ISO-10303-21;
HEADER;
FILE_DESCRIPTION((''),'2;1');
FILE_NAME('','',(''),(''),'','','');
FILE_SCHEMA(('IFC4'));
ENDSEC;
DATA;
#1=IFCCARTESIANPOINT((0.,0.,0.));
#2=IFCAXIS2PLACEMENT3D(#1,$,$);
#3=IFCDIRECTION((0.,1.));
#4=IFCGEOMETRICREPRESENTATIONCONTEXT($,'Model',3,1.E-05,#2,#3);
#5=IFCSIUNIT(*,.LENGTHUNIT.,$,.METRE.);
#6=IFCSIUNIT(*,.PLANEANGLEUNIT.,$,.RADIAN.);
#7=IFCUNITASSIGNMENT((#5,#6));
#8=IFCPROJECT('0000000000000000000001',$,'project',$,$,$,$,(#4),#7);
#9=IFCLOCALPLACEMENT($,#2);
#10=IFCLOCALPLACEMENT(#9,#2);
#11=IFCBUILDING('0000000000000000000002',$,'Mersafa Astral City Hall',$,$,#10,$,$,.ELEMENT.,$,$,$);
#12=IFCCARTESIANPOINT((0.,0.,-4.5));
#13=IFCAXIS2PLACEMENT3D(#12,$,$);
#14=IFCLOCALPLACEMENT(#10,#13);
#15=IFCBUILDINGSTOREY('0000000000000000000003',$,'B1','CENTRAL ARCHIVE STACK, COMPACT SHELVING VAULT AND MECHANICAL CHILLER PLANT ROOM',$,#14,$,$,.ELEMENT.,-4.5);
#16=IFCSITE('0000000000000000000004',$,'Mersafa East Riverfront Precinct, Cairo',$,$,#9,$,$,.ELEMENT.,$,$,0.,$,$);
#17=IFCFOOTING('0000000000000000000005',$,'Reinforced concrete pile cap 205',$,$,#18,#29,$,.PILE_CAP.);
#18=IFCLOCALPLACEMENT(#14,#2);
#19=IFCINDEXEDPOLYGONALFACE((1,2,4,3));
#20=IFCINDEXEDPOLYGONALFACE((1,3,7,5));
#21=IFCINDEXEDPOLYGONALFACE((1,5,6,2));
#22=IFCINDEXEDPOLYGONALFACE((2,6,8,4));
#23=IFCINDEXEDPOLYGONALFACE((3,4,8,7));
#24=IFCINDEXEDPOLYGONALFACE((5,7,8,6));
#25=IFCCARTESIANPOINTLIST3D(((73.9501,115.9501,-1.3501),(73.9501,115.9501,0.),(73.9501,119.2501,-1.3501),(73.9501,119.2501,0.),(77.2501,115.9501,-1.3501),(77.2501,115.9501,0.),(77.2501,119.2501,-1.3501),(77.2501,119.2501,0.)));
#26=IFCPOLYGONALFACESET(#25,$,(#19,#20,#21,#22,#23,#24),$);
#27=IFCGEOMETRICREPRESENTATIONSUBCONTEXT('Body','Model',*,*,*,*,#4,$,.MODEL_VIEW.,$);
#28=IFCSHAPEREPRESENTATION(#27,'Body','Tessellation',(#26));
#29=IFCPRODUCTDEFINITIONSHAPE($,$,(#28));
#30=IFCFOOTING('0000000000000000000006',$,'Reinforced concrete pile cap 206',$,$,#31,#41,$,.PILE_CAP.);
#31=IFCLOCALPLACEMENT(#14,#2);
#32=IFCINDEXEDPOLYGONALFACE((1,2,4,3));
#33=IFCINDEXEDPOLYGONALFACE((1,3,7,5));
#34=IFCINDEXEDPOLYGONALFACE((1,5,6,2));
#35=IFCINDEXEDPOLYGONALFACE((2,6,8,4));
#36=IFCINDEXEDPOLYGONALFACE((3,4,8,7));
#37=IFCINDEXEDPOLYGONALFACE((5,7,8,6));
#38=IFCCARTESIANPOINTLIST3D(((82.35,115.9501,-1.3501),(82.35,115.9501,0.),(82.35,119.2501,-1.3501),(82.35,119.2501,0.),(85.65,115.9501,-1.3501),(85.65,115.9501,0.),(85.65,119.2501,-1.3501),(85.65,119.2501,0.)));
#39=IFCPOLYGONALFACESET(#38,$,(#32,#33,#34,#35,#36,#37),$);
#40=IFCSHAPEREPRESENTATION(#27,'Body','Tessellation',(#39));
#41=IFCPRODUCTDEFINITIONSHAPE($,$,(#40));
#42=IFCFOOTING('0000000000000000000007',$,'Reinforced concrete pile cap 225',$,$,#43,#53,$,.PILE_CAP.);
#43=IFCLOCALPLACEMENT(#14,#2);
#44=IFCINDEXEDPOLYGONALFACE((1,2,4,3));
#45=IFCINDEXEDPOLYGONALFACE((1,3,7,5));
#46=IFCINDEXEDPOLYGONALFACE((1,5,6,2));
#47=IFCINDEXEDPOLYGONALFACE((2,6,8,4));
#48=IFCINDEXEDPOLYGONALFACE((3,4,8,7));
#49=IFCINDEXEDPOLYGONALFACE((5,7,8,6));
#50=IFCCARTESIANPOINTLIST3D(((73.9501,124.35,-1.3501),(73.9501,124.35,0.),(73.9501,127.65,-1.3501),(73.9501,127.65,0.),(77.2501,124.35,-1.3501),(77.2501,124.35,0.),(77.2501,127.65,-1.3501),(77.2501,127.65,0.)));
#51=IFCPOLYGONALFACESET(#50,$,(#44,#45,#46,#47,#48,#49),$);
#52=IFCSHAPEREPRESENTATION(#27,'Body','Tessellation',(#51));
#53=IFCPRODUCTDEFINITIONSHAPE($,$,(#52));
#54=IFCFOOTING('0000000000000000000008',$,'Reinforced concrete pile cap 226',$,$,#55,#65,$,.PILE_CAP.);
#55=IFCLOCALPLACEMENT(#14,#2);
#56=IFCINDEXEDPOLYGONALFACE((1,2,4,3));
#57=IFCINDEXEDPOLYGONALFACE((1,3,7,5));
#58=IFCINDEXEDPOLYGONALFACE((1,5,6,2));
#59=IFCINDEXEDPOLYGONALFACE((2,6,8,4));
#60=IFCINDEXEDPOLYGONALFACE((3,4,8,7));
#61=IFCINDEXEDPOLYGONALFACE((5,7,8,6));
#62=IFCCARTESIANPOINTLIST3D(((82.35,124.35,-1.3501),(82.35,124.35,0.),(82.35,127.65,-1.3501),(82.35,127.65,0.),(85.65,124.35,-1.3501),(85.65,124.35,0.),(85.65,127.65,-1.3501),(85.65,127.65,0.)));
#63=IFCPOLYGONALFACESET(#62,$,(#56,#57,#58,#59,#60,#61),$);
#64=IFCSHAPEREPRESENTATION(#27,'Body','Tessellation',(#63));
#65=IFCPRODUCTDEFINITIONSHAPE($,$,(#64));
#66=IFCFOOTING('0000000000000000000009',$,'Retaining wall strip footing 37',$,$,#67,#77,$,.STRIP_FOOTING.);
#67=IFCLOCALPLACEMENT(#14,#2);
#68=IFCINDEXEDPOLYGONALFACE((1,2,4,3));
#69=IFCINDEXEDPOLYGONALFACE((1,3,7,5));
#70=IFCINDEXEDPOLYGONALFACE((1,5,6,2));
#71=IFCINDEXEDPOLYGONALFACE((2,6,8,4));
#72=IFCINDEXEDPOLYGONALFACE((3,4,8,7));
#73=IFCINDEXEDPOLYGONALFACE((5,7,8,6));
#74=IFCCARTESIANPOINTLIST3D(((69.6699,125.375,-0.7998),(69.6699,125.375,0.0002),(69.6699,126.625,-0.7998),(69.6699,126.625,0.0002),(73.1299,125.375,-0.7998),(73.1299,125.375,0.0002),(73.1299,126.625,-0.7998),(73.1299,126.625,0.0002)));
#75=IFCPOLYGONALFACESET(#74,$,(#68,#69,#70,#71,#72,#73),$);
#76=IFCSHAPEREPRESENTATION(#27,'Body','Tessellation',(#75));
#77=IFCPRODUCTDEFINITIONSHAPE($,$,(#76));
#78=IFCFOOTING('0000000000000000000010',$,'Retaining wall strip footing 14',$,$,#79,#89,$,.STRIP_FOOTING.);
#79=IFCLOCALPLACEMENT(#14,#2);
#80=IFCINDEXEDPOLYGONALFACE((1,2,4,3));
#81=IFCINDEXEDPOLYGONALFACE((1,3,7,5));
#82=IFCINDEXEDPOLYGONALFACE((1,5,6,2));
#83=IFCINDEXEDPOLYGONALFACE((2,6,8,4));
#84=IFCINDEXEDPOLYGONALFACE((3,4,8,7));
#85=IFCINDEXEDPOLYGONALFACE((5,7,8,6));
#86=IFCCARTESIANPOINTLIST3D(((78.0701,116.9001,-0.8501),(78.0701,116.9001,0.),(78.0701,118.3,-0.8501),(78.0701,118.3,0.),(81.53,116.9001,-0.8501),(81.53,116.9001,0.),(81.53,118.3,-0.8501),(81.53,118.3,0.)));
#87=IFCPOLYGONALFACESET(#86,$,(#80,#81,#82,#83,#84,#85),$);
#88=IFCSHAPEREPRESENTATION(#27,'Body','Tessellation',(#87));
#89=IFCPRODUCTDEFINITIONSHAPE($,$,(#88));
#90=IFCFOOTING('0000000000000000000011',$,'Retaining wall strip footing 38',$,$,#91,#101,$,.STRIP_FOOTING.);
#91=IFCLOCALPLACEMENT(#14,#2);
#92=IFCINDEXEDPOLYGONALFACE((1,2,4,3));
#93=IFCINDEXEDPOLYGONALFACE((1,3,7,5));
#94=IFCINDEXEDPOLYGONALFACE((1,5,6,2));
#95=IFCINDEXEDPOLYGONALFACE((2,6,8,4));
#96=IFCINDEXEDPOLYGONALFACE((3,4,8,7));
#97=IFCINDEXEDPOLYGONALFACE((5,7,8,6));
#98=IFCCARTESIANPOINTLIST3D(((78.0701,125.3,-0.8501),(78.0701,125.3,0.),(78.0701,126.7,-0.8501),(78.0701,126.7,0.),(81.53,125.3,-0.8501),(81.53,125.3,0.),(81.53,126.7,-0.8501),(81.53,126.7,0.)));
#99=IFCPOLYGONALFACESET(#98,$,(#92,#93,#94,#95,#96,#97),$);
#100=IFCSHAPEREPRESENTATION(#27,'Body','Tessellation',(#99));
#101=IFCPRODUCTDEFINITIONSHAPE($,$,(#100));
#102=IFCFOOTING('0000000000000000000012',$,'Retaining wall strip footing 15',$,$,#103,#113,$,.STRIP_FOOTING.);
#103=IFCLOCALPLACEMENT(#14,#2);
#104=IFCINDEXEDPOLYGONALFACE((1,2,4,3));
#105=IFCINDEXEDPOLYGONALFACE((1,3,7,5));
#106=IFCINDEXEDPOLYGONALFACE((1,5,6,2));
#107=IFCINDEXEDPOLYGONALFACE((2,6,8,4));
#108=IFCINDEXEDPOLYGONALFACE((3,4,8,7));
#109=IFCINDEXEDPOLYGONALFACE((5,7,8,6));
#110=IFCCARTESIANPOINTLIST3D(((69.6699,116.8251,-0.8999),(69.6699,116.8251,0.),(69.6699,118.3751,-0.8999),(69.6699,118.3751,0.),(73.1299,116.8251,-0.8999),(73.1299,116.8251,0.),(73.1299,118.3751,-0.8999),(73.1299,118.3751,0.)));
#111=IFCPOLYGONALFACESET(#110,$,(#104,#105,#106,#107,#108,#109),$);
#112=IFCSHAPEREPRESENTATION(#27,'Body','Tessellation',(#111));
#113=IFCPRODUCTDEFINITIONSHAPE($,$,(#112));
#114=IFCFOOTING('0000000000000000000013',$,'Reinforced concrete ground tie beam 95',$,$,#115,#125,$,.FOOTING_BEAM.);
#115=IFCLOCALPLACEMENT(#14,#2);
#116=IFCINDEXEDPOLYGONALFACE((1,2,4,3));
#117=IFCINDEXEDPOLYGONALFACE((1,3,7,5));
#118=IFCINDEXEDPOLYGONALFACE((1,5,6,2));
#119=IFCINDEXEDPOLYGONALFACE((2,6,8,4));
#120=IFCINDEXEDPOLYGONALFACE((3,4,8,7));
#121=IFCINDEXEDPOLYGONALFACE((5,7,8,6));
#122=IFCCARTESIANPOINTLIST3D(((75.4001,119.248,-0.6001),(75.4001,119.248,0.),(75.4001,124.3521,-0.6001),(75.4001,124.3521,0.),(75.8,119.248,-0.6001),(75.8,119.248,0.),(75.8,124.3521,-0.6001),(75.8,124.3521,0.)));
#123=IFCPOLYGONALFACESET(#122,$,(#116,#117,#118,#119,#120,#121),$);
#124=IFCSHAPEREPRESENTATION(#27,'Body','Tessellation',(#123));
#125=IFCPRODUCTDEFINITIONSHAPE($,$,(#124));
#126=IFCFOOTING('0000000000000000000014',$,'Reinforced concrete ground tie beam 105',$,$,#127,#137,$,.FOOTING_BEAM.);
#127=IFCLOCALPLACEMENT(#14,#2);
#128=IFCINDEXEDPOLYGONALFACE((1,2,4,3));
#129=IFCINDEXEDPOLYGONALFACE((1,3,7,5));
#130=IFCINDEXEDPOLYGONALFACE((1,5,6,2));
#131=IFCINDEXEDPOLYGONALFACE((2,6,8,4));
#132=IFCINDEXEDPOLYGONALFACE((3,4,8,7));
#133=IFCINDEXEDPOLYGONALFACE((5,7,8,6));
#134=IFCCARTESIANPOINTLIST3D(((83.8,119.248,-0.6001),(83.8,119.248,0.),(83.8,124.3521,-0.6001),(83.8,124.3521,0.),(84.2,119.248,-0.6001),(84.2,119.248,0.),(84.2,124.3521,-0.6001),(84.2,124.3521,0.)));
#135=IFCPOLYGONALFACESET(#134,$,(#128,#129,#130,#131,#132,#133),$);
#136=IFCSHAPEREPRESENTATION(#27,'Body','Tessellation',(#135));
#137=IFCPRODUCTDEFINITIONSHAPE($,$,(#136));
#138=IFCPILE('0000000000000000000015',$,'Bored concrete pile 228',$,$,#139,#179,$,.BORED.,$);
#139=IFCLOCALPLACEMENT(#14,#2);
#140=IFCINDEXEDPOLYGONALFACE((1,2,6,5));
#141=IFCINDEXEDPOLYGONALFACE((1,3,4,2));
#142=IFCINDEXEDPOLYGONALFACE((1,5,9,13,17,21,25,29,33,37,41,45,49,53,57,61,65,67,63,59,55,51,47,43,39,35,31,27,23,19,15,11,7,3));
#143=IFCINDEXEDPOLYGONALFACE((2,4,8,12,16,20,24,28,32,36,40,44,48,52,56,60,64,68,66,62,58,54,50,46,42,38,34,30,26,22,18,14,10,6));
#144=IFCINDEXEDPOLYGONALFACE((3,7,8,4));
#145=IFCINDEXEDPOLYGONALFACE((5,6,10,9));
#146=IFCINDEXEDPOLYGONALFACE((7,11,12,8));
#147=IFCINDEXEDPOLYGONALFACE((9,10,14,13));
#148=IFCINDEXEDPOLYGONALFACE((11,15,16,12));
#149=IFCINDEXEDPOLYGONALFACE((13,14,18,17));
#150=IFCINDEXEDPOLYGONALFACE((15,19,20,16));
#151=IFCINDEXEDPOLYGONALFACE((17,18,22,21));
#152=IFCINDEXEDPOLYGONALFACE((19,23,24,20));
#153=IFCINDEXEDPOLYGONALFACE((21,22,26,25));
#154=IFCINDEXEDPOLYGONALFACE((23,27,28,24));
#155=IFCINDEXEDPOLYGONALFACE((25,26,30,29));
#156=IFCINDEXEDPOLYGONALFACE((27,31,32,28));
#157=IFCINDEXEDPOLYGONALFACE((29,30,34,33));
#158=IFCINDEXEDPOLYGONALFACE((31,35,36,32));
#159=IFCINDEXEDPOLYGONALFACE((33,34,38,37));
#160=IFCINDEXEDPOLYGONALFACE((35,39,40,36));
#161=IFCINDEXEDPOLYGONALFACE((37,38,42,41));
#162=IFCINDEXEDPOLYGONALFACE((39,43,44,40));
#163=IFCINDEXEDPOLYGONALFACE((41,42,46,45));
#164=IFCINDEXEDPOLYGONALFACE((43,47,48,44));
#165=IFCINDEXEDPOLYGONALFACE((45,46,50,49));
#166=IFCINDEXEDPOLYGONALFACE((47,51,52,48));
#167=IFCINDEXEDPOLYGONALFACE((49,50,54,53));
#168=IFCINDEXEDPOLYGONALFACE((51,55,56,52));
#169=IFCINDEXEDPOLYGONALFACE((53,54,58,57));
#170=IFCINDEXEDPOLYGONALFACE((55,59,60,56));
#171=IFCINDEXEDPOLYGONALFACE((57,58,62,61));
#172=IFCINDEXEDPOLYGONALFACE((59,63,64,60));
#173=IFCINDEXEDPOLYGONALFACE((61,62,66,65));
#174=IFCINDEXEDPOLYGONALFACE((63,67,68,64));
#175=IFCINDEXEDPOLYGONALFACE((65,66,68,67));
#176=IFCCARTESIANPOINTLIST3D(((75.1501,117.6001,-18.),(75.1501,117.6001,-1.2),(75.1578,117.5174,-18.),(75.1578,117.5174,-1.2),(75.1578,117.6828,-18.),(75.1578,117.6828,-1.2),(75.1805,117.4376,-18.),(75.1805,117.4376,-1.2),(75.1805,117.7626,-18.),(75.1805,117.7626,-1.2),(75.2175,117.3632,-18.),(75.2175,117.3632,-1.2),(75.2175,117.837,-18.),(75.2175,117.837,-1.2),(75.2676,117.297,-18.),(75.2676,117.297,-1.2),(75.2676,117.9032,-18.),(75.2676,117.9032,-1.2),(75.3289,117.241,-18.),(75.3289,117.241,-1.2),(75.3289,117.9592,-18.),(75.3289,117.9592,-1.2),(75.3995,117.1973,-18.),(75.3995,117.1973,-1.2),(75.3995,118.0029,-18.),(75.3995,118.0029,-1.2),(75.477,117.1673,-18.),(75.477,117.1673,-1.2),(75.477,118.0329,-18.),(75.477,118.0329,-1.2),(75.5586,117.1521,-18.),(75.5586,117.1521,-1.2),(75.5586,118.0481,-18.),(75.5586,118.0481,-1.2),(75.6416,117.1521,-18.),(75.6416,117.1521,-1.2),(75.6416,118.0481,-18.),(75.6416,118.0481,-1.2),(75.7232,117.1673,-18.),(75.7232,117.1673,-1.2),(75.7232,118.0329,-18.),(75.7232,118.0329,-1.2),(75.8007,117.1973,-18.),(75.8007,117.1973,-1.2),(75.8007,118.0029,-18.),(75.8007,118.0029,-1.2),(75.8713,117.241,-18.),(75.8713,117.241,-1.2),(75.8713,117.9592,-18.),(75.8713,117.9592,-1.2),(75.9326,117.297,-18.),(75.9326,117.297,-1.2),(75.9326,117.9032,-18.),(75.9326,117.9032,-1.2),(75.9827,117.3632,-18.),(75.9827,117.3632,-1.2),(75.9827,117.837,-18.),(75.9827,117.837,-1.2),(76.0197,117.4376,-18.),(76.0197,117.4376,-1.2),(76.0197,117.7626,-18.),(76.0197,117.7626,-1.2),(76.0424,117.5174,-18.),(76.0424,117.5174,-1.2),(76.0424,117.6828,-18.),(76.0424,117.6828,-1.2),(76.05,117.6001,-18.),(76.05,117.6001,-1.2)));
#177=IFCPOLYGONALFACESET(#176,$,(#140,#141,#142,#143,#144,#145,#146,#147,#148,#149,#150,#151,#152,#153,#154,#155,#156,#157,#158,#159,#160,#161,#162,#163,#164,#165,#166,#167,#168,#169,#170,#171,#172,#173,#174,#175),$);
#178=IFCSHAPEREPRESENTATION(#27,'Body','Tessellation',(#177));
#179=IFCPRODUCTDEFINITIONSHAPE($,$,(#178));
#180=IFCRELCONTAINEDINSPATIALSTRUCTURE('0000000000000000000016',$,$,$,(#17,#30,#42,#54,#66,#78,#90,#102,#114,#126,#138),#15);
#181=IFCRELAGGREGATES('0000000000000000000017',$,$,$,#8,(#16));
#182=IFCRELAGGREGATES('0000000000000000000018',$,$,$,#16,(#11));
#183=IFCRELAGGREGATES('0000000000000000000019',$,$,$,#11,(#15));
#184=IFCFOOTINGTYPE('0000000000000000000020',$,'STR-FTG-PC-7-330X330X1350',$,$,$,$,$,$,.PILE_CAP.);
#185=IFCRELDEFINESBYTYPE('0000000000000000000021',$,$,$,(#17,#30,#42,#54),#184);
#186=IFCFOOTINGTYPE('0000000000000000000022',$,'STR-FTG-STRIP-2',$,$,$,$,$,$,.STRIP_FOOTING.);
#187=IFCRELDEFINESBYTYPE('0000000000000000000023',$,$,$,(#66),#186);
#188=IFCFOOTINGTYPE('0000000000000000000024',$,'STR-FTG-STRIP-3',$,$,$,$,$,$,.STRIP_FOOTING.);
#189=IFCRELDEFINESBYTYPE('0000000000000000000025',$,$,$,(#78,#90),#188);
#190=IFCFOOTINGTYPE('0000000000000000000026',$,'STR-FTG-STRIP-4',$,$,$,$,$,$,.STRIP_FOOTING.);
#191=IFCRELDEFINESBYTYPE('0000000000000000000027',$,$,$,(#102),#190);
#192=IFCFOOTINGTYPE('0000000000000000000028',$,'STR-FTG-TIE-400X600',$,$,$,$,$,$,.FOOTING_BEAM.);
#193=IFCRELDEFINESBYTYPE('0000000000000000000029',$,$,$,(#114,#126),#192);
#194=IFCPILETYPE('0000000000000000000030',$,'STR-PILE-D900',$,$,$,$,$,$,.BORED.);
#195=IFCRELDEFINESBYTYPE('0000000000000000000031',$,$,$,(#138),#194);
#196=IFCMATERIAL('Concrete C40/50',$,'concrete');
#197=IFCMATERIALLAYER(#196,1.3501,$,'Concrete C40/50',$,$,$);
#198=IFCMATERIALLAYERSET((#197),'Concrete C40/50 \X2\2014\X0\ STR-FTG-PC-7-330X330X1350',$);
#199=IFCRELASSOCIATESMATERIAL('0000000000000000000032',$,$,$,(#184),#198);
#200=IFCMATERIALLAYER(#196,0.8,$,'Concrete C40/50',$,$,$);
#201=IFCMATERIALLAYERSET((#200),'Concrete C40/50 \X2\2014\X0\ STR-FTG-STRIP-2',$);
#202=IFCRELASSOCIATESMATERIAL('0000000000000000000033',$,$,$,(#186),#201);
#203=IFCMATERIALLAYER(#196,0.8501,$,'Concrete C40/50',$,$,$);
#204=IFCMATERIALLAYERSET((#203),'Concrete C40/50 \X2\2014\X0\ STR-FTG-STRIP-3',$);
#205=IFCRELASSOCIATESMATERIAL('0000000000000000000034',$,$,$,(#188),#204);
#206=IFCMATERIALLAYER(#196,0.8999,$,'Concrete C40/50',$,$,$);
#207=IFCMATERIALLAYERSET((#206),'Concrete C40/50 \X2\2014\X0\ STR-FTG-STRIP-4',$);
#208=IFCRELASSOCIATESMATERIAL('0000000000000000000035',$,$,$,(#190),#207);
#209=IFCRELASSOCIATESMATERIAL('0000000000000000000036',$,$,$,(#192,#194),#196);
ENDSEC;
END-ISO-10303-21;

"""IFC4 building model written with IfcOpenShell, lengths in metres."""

from ifc_helpers import new_model, si_unit, direction, frame, origin, origin_2d, place, context, subcontext, project, spatial, rectangle, circle, extrude, material, layer, layer_set, material_profile, profile_set, type_object, element, save


model = new_model("IFC4")

# Units and contexts
model_context = context("Model", 3, precision=1e-05, world=origin(), true_north=direction((0.0, 1.0)))
body_context = subcontext(model_context, "Body", "Model", "MODEL_VIEW")
ifc_project = project(units=[si_unit("LENGTHUNIT", "METRE"), si_unit("PLANEANGLEUNIT", "RADIAN")], contexts=[model_context])

# Site, building, storey
site_placement = place(None, origin())
site = spatial("IfcSite", under=ifc_project, at=site_placement, Name="Mersafa East Riverfront Precinct, Cairo", CompositionType="ELEMENT", RefElevation=0.0)
building_placement = place(site_placement, origin())
building = spatial("IfcBuilding", under=site, at=building_placement, Name="Mersafa Astral City Hall", CompositionType="ELEMENT")
storey_placement = place(building_placement, frame((0.0, 0.0, -4.5)))
storey = spatial("IfcBuildingStorey", under=building, at=storey_placement, Name="B1", Description="CENTRAL ARCHIVE STACK, COMPACT SHELVING VAULT AND MECHANICAL CHILLER PLANT ROOM", CompositionType="ELEMENT", Elevation=-4.5)

# Footings
ifc_material_1 = material(Name="Concrete C40/50", Category="concrete")
ifc_layer_1 = layer(ifc_material_1, 1.3501, Name="Concrete C40/50")
ifc_layer_set_1 = layer_set([ifc_layer_1], Name="Concrete C40/50 — STR-FTG-PC-7-330X330X1350")
footing_type_1 = type_object("IfcFootingType", Name="STR-FTG-PC-7-330X330X1350", PredefinedType="PILE_CAP", material=ifc_layer_set_1)
for number, where, z_axis, x_axis, name in (
    (1, (75.6001, 117.6001, -1.3501), (0.0, 0.0, 1.0), (1.0, 0.0, 0.0), "Reinforced concrete pile cap 205"),
    (2, (84.0, 117.6001, -1.3501), (0.0, 0.0, 1.0), (1.0, 0.0, 0.0), "Reinforced concrete pile cap 206"),
    (3, (75.6001, 126.0, -1.3501), (0.0, 0.0, 1.0), (1.0, 0.0, 0.0), "Reinforced concrete pile cap 225"),
    (4, (84.0, 126.0, -1.3501), (0.0, 0.0, 1.0), (1.0, 0.0, 0.0), "Reinforced concrete pile cap 226"),
):
    element("IfcFooting", number, at=place(storey_placement, frame(where, z_axis=z_axis, x_axis=x_axis)), inside=storey, type_object=footing_type_1, Name=name, PredefinedType="PILE_CAP", context=body_context, shape_type="SweptSolid", body=[
        extrude(rectangle(XDim=3.3, YDim=3.3, at=origin_2d()), origin(), (0.0, 0.0, 1.0), 1.3501),
    ])
ifc_layer_2 = layer(ifc_material_1, 0.8, Name="Concrete C40/50")
ifc_layer_set_2 = layer_set([ifc_layer_2], Name="Concrete C40/50 — STR-FTG-STRIP-2")
footing_type_2 = type_object("IfcFootingType", Name="STR-FTG-STRIP-2", PredefinedType="STRIP_FOOTING", material=ifc_layer_set_2)
footing_1_placement = place(storey_placement, frame((71.3999, 126.0, -0.7998), z_axis=(0.0, 0.0, 1.0), x_axis=(1.0, 0.0, 0.0)))
element("IfcFooting", 5, at=footing_1_placement, inside=storey, type_object=footing_type_2, Name="Retaining wall strip footing 37", PredefinedType="STRIP_FOOTING", context=body_context, shape_type="SweptSolid", body=[
    extrude(rectangle(XDim=3.46, YDim=1.25, at=origin_2d()), origin(), (0.0, 0.0, 1.0), 0.8),
])
ifc_layer_3 = layer(ifc_material_1, 0.8501, Name="Concrete C40/50")
ifc_layer_set_3 = layer_set([ifc_layer_3], Name="Concrete C40/50 — STR-FTG-STRIP-3")
footing_type_3 = type_object("IfcFootingType", Name="STR-FTG-STRIP-3", PredefinedType="STRIP_FOOTING", material=ifc_layer_set_3)
for number, where, z_axis, x_axis, name in (
    (6, (79.8, 117.6001, -0.8501), (0.0, 0.0, 1.0), (-1.0, 0.0, 0.0), "Retaining wall strip footing 14"),
    (7, (79.8, 126.0, -0.8501), (0.0, 0.0, 1.0), (1.0, 0.0, 0.0), "Retaining wall strip footing 38"),
):
    element("IfcFooting", number, at=place(storey_placement, frame(where, z_axis=z_axis, x_axis=x_axis)), inside=storey, type_object=footing_type_3, Name=name, PredefinedType="STRIP_FOOTING", context=body_context, shape_type="SweptSolid", body=[
        extrude(rectangle(XDim=3.46, YDim=1.3999, at=origin_2d()), origin(), (0.0, 0.0, 1.0), 0.8501),
    ])
ifc_layer_4 = layer(ifc_material_1, 0.8999, Name="Concrete C40/50")
ifc_layer_set_4 = layer_set([ifc_layer_4], Name="Concrete C40/50 — STR-FTG-STRIP-4")
footing_type_4 = type_object("IfcFootingType", Name="STR-FTG-STRIP-4", PredefinedType="STRIP_FOOTING", material=ifc_layer_set_4)
footing_2_placement = place(storey_placement, frame((71.3999, 117.6001, -0.8999), z_axis=(0.0, 0.0, 1.0), x_axis=(-1.0, 0.0, 0.0)))
element("IfcFooting", 8, at=footing_2_placement, inside=storey, type_object=footing_type_4, Name="Retaining wall strip footing 15", PredefinedType="STRIP_FOOTING", context=body_context, shape_type="SweptSolid", body=[
    extrude(rectangle(XDim=3.46, YDim=1.55, at=origin_2d()), origin(), (0.0, 0.0, 1.0), 0.8999),
])
ifc_material_profile_1 = material_profile(ifc_material_1, rectangle(XDim=0.3999, YDim=0.6001, at=origin_2d()), Name="RC 400x600")
ifc_profile_set_1 = profile_set([ifc_material_profile_1], Name="Concrete C40/50")
footing_type_5 = type_object("IfcFootingType", Name="STR-FTG-TIE-400X600", PredefinedType="FOOTING_BEAM", material=ifc_profile_set_1)
for number, where, z_axis, x_axis, name in (
    (9, (75.6001, 119.248, -0.3), (0.0, 1.0, 0.0), (-1.0, 0.0, 0.0), "Reinforced concrete ground tie beam 95"),
    (10, (84.0, 119.248, -0.3), (0.0, 1.0, 0.0), (-1.0, 0.0, 0.0), "Reinforced concrete ground tie beam 105"),
):
    element("IfcFooting", number, at=place(storey_placement, frame(where, z_axis=z_axis, x_axis=x_axis)), inside=storey, type_object=footing_type_5, Name=name, PredefinedType="FOOTING_BEAM", context=body_context, shape_type="SweptSolid", body=[
        extrude(rectangle(XDim=0.3999, YDim=0.6001, at=origin_2d()), origin(), (0.0, 0.0, 1.0), 5.104),
    ])

# Pile
ifc_material_profile_2 = material_profile(ifc_material_1, circle(Radius=0.45, at=origin_2d()), Name="PILE D900")
ifc_profile_set_2 = profile_set([ifc_material_profile_2], Name="Concrete C40/50")
pile_type = type_object("IfcPileType", Name="STR-PILE-D900", PredefinedType="BORED", material=ifc_profile_set_2)
for number, where, z_axis, x_axis, name in (
    (11, (75.6001, 117.6001, -1.2), (0.0, 0.0, -1.0), (1.0, 0.0, 0.0), "Bored concrete pile 228"),
):
    element("IfcPile", number, at=place(storey_placement, frame(where, z_axis=z_axis, x_axis=x_axis)), inside=storey, type_object=pile_type, Name=name, PredefinedType="BORED", context=body_context, shape_type="SweptSolid", body=[
        extrude(circle(Radius=0.45, at=origin_2d()), origin(), (0.0, 0.0, 1.0), 16.8),
    ])

save(model, "model.ifc")
